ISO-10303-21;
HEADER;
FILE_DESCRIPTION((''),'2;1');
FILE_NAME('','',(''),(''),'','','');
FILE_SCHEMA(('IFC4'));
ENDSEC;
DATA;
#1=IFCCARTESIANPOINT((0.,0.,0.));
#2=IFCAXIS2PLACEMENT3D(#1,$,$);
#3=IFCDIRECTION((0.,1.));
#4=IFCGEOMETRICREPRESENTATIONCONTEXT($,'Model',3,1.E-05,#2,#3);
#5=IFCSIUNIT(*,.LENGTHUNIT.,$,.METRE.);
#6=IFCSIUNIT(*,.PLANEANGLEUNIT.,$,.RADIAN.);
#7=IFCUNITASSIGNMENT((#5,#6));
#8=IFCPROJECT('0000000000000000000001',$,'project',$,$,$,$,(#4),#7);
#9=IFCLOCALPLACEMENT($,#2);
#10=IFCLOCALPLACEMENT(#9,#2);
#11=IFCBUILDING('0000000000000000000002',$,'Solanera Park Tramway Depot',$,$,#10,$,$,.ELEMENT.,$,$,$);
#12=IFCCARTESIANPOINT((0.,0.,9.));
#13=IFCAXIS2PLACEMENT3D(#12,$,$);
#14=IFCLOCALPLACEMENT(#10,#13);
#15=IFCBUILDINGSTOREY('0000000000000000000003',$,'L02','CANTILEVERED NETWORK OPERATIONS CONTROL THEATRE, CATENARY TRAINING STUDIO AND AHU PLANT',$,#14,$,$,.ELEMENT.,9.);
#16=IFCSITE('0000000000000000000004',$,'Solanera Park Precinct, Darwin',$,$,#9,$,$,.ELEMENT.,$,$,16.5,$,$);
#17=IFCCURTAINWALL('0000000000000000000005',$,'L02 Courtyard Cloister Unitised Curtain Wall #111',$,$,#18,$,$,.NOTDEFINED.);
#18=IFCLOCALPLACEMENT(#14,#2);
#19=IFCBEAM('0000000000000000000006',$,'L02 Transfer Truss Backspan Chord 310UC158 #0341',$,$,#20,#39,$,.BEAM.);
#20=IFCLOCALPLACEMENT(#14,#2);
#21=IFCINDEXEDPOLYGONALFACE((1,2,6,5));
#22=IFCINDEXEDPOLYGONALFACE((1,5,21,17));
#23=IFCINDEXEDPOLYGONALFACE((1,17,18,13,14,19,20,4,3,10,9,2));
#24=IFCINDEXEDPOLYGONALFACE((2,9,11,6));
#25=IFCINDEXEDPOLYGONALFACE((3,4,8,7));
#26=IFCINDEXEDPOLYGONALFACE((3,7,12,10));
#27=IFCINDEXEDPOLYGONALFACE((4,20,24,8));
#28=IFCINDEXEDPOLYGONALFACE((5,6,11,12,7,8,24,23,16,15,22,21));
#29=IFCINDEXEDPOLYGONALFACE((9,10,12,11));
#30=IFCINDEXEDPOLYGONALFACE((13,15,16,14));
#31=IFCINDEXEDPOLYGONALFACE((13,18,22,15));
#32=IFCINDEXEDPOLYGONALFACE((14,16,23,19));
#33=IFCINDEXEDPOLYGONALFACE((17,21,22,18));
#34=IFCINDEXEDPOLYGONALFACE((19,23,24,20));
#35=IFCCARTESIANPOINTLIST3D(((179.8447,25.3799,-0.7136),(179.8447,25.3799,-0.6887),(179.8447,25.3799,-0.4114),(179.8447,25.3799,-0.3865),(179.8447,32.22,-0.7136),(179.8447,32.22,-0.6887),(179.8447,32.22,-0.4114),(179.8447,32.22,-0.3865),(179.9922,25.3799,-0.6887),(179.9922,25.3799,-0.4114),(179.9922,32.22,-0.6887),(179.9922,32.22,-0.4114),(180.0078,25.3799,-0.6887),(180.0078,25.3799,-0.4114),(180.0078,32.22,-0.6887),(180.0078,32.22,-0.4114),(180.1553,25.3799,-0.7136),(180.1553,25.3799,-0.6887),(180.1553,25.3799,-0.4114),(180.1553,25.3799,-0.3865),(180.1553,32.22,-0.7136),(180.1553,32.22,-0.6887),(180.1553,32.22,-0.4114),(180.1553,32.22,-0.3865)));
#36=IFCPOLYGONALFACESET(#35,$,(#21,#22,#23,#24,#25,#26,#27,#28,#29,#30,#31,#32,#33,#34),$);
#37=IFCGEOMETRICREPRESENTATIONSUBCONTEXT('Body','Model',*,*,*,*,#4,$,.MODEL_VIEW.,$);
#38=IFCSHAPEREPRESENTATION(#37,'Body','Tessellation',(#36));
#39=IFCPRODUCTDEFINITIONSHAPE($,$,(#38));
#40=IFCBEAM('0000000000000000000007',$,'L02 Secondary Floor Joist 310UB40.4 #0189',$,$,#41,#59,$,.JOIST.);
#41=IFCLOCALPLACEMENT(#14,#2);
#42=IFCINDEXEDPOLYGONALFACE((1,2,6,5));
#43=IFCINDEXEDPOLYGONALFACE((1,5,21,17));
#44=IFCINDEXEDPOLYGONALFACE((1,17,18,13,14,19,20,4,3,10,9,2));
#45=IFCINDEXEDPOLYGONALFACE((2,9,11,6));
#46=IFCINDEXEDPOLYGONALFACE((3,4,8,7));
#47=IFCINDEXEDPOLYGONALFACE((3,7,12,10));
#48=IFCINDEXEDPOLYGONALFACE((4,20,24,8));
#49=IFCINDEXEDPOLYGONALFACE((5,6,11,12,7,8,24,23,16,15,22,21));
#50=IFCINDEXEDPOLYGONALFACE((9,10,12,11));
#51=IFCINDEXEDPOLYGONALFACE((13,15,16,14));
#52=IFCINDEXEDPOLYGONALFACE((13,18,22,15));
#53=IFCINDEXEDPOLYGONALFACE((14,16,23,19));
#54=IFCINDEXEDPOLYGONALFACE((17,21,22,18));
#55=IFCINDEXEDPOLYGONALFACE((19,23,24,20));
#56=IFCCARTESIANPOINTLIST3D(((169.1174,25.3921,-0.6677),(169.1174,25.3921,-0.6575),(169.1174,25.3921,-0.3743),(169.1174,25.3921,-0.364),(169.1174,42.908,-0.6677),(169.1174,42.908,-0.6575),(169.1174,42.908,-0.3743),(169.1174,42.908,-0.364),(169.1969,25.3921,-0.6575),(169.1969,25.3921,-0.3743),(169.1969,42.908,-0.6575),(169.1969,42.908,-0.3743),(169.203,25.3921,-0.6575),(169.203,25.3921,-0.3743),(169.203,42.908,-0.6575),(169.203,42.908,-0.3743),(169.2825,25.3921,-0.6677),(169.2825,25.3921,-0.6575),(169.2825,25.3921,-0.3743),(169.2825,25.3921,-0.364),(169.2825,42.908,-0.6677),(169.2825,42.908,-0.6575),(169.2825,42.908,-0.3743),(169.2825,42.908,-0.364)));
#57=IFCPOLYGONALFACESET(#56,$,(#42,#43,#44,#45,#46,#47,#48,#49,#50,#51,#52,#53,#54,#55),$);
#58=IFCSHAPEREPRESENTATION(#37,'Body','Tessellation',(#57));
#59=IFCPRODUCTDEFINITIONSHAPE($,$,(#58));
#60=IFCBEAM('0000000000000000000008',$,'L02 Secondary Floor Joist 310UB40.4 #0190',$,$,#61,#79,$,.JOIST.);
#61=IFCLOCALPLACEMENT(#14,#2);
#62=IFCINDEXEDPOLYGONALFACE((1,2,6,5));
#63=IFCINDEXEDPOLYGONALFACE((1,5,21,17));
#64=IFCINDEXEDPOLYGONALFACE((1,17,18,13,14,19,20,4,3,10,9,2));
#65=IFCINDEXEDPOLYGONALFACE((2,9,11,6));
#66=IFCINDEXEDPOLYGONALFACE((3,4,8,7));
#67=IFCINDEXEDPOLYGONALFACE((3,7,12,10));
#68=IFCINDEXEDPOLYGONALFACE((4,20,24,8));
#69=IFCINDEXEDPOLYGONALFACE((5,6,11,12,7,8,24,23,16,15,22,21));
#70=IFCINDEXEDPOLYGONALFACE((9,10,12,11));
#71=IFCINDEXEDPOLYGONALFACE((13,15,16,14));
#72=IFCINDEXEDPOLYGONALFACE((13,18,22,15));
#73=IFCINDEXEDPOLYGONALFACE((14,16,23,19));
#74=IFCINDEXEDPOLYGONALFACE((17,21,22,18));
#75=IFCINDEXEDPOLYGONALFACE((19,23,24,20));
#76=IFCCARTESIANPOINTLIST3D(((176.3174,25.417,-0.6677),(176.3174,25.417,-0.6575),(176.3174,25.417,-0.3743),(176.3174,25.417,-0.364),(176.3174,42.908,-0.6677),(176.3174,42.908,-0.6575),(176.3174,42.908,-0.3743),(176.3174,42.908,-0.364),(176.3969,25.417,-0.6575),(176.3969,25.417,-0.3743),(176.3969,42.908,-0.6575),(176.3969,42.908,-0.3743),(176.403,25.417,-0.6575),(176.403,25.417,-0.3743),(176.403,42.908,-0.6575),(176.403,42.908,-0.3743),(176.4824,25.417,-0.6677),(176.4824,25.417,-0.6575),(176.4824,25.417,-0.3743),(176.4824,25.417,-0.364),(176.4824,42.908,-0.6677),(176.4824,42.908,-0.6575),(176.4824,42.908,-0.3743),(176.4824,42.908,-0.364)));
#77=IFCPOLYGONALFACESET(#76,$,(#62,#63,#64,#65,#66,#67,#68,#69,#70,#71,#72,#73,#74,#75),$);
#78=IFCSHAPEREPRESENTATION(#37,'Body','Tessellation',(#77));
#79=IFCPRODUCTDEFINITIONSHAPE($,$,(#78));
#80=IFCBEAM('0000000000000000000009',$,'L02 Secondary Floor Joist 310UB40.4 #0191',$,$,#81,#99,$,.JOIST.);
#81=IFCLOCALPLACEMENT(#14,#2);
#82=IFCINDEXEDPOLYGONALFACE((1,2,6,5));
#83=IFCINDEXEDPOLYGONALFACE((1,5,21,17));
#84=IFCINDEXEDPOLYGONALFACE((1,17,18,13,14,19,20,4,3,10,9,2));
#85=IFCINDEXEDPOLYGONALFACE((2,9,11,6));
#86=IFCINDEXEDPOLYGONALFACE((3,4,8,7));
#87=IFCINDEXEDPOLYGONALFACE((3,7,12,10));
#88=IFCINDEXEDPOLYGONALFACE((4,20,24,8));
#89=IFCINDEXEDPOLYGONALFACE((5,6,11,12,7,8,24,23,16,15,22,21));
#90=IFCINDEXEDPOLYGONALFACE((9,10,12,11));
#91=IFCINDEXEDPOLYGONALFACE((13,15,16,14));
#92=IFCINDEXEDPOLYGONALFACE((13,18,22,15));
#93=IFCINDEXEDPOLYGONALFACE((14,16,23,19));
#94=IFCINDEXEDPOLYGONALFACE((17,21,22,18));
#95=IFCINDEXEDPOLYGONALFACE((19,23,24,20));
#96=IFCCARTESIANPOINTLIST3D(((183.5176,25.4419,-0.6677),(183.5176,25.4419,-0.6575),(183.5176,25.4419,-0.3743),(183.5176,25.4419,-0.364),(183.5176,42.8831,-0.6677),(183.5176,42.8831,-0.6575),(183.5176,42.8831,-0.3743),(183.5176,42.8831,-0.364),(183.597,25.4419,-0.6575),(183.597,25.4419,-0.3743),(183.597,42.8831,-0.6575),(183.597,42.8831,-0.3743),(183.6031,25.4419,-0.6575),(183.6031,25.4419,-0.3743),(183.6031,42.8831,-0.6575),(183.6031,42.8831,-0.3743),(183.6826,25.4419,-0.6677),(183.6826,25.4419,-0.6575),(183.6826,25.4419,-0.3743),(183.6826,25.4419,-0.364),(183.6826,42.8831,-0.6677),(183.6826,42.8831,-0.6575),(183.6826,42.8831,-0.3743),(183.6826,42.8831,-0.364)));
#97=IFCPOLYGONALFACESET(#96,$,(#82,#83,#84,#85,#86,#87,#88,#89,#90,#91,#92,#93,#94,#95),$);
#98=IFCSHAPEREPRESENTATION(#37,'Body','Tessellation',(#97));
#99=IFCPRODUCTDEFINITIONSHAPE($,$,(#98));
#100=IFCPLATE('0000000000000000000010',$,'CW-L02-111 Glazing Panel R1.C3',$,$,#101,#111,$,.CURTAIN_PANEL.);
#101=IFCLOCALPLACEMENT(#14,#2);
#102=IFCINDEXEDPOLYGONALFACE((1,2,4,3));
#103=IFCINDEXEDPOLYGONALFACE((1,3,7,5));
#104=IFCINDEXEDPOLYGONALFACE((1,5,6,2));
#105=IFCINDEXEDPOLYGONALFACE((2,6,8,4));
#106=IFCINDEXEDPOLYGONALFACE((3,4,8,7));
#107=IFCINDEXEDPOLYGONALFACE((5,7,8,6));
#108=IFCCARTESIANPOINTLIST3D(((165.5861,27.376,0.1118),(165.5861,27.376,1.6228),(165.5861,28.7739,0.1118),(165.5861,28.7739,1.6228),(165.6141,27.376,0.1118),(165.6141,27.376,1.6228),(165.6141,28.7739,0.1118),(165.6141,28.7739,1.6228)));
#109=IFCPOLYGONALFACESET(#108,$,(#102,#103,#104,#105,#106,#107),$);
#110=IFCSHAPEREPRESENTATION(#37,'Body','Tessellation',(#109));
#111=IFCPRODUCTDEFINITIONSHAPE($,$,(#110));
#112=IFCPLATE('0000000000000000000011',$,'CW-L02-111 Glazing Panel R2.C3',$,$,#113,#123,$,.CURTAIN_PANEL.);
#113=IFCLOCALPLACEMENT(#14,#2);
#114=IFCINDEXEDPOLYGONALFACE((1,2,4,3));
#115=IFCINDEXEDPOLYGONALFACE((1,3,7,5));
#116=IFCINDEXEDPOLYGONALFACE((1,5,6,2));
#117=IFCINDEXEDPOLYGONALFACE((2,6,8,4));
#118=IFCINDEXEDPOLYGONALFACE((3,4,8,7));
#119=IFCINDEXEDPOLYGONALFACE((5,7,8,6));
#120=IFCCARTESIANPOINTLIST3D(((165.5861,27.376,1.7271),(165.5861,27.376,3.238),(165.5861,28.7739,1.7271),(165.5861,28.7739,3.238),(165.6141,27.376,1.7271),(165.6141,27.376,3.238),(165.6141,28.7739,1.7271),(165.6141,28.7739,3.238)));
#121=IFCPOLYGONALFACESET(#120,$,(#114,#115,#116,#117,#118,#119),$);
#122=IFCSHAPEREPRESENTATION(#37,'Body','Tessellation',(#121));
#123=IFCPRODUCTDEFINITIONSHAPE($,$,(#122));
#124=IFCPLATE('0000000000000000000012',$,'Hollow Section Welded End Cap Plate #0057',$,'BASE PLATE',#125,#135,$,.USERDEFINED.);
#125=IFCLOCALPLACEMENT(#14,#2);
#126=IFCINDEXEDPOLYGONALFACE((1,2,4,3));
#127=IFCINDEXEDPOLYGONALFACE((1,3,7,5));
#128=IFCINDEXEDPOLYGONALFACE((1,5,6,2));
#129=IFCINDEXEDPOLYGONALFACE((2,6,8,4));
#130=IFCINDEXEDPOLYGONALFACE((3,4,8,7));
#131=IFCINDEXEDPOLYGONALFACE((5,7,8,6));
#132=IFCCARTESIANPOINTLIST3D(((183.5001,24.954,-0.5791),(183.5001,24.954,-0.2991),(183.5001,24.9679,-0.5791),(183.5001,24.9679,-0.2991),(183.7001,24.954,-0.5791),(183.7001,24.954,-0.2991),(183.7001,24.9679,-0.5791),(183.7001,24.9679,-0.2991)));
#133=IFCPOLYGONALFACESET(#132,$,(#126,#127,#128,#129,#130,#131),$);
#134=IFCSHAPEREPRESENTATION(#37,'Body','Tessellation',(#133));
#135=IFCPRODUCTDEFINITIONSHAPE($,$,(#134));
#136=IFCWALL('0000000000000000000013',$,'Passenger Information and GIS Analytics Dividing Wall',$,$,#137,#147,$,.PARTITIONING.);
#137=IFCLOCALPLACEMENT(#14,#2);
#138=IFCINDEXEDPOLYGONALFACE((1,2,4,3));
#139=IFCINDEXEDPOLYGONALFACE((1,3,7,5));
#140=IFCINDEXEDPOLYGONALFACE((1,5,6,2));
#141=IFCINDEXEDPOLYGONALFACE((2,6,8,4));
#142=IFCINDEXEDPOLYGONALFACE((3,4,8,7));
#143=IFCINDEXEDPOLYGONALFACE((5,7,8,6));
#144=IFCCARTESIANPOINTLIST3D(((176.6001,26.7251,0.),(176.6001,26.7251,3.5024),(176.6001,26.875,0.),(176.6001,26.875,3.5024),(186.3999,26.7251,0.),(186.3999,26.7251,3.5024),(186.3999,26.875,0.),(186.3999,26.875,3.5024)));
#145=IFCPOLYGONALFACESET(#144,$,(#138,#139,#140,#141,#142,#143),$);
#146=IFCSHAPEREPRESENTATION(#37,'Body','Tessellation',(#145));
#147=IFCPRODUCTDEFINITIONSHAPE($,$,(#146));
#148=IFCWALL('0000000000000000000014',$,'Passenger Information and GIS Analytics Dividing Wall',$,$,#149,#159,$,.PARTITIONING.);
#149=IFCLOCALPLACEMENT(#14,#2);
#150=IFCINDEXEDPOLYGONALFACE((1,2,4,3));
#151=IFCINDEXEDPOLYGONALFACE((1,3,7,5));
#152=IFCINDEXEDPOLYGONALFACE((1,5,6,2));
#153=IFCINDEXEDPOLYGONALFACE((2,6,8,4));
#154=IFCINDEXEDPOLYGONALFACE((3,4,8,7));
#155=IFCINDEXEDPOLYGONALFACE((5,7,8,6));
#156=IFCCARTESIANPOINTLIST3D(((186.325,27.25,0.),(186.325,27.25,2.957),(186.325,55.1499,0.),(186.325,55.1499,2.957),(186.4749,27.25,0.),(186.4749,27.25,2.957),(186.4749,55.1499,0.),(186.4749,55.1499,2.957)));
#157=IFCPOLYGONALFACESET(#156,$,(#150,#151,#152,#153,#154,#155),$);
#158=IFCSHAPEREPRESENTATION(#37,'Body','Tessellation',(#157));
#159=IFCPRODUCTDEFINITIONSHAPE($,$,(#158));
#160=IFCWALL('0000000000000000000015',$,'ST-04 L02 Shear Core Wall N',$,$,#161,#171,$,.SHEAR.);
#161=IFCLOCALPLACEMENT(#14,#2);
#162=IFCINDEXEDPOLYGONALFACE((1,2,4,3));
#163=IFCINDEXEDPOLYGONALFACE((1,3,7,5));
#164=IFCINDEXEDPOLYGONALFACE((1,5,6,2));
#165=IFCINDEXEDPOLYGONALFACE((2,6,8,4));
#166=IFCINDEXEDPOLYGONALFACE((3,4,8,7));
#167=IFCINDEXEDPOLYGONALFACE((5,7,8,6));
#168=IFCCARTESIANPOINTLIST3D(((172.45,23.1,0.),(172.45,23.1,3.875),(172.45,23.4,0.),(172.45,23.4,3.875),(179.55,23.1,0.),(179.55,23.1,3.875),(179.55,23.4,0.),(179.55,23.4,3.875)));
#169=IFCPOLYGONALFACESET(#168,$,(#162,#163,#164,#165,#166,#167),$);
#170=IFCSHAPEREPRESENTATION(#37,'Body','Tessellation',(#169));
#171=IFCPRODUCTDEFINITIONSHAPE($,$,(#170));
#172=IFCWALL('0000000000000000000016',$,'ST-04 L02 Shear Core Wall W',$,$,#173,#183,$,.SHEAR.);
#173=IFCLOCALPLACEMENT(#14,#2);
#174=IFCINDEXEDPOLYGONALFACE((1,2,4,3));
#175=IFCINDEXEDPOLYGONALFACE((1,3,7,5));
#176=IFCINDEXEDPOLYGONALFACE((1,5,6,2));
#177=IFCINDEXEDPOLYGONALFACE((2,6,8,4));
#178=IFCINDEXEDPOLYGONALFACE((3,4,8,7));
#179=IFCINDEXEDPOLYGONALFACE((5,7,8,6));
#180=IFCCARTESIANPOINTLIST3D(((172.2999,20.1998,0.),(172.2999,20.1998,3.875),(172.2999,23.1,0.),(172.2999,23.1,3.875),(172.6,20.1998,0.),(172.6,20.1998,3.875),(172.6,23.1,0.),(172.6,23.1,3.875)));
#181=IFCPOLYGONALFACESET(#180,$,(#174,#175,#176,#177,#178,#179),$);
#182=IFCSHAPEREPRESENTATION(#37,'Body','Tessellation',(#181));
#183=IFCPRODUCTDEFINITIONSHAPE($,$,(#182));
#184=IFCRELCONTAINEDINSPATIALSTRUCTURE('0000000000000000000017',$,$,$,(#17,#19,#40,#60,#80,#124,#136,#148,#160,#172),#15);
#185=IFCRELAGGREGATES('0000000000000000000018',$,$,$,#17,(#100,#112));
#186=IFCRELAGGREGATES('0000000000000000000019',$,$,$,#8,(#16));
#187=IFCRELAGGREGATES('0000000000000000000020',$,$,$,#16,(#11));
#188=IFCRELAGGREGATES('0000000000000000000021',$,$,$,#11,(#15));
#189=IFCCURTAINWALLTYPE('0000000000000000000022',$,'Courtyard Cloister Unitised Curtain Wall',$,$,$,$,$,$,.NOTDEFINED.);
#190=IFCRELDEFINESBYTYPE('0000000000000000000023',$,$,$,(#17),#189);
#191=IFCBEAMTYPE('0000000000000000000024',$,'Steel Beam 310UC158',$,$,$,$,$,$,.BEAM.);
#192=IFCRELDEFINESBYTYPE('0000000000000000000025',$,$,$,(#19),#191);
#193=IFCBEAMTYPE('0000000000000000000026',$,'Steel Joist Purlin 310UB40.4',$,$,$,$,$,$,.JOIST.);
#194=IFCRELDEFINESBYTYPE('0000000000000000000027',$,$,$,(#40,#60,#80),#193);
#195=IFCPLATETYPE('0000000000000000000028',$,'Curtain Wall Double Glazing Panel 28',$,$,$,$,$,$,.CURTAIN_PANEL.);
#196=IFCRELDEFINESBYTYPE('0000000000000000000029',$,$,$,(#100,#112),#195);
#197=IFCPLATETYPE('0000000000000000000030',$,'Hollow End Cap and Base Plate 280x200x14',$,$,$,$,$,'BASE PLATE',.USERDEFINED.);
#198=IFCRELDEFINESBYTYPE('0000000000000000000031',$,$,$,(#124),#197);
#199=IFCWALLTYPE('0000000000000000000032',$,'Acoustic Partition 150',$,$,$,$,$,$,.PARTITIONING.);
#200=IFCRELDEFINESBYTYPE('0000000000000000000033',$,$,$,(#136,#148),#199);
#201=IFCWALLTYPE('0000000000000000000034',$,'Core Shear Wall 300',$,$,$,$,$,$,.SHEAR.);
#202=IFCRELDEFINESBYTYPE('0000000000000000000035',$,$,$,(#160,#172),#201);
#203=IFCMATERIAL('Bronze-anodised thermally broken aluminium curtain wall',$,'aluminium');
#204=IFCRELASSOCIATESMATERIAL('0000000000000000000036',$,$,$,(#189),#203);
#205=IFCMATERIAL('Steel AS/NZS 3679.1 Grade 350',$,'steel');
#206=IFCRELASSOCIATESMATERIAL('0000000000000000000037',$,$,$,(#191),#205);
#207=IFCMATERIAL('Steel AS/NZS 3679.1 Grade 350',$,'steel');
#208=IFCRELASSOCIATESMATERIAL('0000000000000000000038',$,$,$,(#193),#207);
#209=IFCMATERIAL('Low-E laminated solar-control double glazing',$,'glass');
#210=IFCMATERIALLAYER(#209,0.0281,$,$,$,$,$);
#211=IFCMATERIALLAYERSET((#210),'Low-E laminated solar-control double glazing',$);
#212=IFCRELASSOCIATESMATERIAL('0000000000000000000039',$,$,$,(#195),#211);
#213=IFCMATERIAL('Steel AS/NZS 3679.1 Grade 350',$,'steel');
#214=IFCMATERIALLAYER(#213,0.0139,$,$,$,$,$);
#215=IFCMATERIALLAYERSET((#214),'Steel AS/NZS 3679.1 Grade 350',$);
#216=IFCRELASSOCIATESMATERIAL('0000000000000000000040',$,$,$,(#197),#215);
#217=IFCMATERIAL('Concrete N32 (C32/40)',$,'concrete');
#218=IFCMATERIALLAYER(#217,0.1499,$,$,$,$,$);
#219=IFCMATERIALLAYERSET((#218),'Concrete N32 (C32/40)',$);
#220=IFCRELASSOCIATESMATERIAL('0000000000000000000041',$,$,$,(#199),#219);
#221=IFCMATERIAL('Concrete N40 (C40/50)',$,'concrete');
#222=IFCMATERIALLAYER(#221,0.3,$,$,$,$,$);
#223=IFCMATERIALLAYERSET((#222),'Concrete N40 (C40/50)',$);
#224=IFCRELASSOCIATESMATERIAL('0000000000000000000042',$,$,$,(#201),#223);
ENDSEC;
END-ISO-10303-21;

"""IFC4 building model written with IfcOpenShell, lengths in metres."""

from ifc_helpers import new_model, si_unit, direction, frame, frame_2d, origin, origin_2d, place, context, subcontext, project, spatial, rectangle, i_section, extrude, material, layer, layer_set, material_profile, profile_set, type_object, element, aggregate, save


model = new_model("IFC4")

# Units and contexts
model_context = context("Model", 3, precision=1e-05, world=origin(), true_north=direction((0.0, 1.0)))
body_context = subcontext(model_context, "Body", "Model", "MODEL_VIEW")
ifc_project = project(units=[si_unit("LENGTHUNIT", "METRE"), si_unit("PLANEANGLEUNIT", "RADIAN")], contexts=[model_context])

# Site, building, storey
site_placement = place(None, origin())
site = spatial("IfcSite", under=ifc_project, at=site_placement, Name="Solanera Park Precinct, Darwin", CompositionType="ELEMENT", RefElevation=16.5)
building_placement = place(site_placement, origin())
building = spatial("IfcBuilding", under=site, at=building_placement, Name="Solanera Park Tramway Depot", CompositionType="ELEMENT")
storey_placement = place(building_placement, frame((0.0, 0.0, 9.0)))
storey = spatial("IfcBuildingStorey", under=building, at=storey_placement, Name="L02", Description="CANTILEVERED NETWORK OPERATIONS CONTROL THEATRE, CATENARY TRAINING STUDIO AND AHU PLANT", CompositionType="ELEMENT", Elevation=9.0)

# Curtain wall
ifc_material_1 = material(Name="Bronze-anodised thermally broken aluminium curtain wall", Category="aluminium")
curtain_wall_type = type_object("IfcCurtainWallType", Name="Courtyard Cloister Unitised Curtain Wall", PredefinedType="NOTDEFINED", material=ifc_material_1)
curtain_wall_placement = place(storey_placement, origin())
curtain_wall = element("IfcCurtainWall", 1, at=curtain_wall_placement, inside=storey, type_object=curtain_wall_type, Name="L02 Courtyard Cloister Unitised Curtain Wall #111", PredefinedType="NOTDEFINED")

# Beams
ifc_material_2 = material(Name="Steel AS/NZS 3679.1 Grade 350", Category="steel")
ifc_material_profile_1 = material_profile(ifc_material_2, i_section(OverallWidth=0.3105, OverallDepth=0.3271, WebThickness=0.0156, FlangeThickness=0.0249, at=origin_2d()), Name="310UC158")
ifc_profile_set_1 = profile_set([ifc_material_profile_1], Name="Steel AS/NZS 3679.1 Grade 350")
beam_type_1 = type_object("IfcBeamType", Name="Steel Beam 310UC158", PredefinedType="BEAM", material=ifc_profile_set_1)
beam_1_placement = place(storey_placement, frame((180.0, 25.3799, -0.55), z_axis=(0.0, 1.0, 0.0), x_axis=(-1.0, 0.0, 0.0)))
element("IfcBeam", 2, at=beam_1_placement, inside=storey, type_object=beam_type_1, Name="L02 Transfer Truss Backspan Chord 310UC158 #0341", PredefinedType="BEAM", context=body_context, shape_type="SweptSolid", body=[
    extrude(i_section(OverallWidth=0.3105, OverallDepth=0.3271, WebThickness=0.0156, FlangeThickness=0.0249, at=origin_2d()), origin(), (0.0, 0.0, 1.0), 6.8401),
])
ifc_material_3 = material(Name="Steel AS/NZS 3679.1 Grade 350", Category="steel")
ifc_material_profile_2 = material_profile(ifc_material_3, i_section(OverallWidth=0.165, OverallDepth=0.3037, WebThickness=0.0061, FlangeThickness=0.0103, at=origin_2d()), Name="310UB40.4")
ifc_profile_set_2 = profile_set([ifc_material_profile_2], Name="Steel AS/NZS 3679.1 Grade 350")
beam_type_2 = type_object("IfcBeamType", Name="Steel Joist Purlin 310UB40.4", PredefinedType="JOIST", material=ifc_profile_set_2)
beam_2_placement = place(storey_placement, frame((169.2, 25.3921, -0.5159), z_axis=(0.0, 1.0, 0.0), x_axis=(-1.0, 0.0, 0.0)))
element("IfcBeam", 3, at=beam_2_placement, inside=storey, type_object=beam_type_2, Name="L02 Secondary Floor Joist 310UB40.4 #0189", PredefinedType="JOIST", context=body_context, shape_type="SweptSolid", body=[
    extrude(i_section(OverallWidth=0.165, OverallDepth=0.3037, WebThickness=0.0061, FlangeThickness=0.0103, at=origin_2d()), origin(), (0.0, 0.0, 1.0), 17.5159),
])
beam_3_placement = place(storey_placement, frame((176.3999, 25.417, -0.5159), z_axis=(0.0, 1.0, 0.0), x_axis=(-1.0, 0.0, 0.0)))
element("IfcBeam", 4, at=beam_3_placement, inside=storey, type_object=beam_type_2, Name="L02 Secondary Floor Joist 310UB40.4 #0190", PredefinedType="JOIST", context=body_context, shape_type="SweptSolid", body=[
    extrude(i_section(OverallWidth=0.165, OverallDepth=0.3037, WebThickness=0.0061, FlangeThickness=0.0103, at=origin_2d()), origin(), (0.0, 0.0, 1.0), 17.491),
])
beam_4_placement = place(storey_placement, frame((183.6001, 25.4419, -0.5159), z_axis=(0.0, 1.0, 0.0), x_axis=(-1.0, 0.0, 0.0)))
element("IfcBeam", 5, at=beam_4_placement, inside=storey, type_object=beam_type_2, Name="L02 Secondary Floor Joist 310UB40.4 #0191", PredefinedType="JOIST", context=body_context, shape_type="SweptSolid", body=[
    extrude(i_section(OverallWidth=0.165, OverallDepth=0.3037, WebThickness=0.0061, FlangeThickness=0.0103, at=origin_2d()), origin(), (0.0, 0.0, 1.0), 17.4412),
])

# Plates
ifc_material_4 = material(Name="Low-E laminated solar-control double glazing", Category="glass")
ifc_layer_1 = layer(ifc_material_4, 0.0281)
ifc_layer_set_1 = layer_set([ifc_layer_1], Name="Low-E laminated solar-control double glazing")
plate_type_1 = type_object("IfcPlateType", Name="Curtain Wall Double Glazing Panel 28", PredefinedType="CURTAIN_PANEL", material=ifc_layer_set_1)
plate_1_placement = place(storey_placement, frame((165.6001, 28.075, 0.1118), z_axis=(0.0, 0.0, 1.0), x_axis=(0.0, -1.0, 0.0)))
plate_1 = element("IfcPlate", 6, at=plate_1_placement, type_object=plate_type_1, Name="CW-L02-111 Glazing Panel R1.C3", PredefinedType="CURTAIN_PANEL", context=body_context, shape_type="SweptSolid", body=[
    extrude(rectangle(XDim=1.3979, YDim=0.0281, at=origin_2d()), origin(), (0.0, 0.0, 1.0), 1.511),
])
plate_2_placement = place(storey_placement, frame((165.6001, 28.075, 1.7271), z_axis=(0.0, 0.0, 1.0), x_axis=(0.0, -1.0, 0.0)))
plate_2 = element("IfcPlate", 7, at=plate_2_placement, type_object=plate_type_1, Name="CW-L02-111 Glazing Panel R2.C3", PredefinedType="CURTAIN_PANEL", context=body_context, shape_type="SweptSolid", body=[
    extrude(rectangle(XDim=1.3979, YDim=0.0281, at=origin_2d()), origin(), (0.0, 0.0, 1.0), 1.511),
])
aggregate(curtain_wall, [plate_1, plate_2])
ifc_material_5 = material(Name="Steel AS/NZS 3679.1 Grade 350", Category="steel")
ifc_layer_2 = layer(ifc_material_5, 0.0139)
ifc_layer_set_2 = layer_set([ifc_layer_2], Name="Steel AS/NZS 3679.1 Grade 350")
plate_type_2 = type_object("IfcPlateType", Name="Hollow End Cap and Base Plate 280x200x14", ElementType="BASE PLATE", PredefinedType="USERDEFINED", material=ifc_layer_set_2)
plate_3_placement = place(storey_placement, frame((183.6001, 24.9609, -0.5791), z_axis=(0.0, 0.0, 1.0), x_axis=(0.0, 1.0, 0.0)))
element("IfcPlate", 8, at=plate_3_placement, inside=storey, type_object=plate_type_2, Name="Hollow Section Welded End Cap Plate #0057", ObjectType="BASE PLATE", PredefinedType="USERDEFINED", context=body_context, shape_type="SweptSolid", body=[
    extrude(rectangle(XDim=0.0139, YDim=0.2, at=origin_2d()), origin(), (0.0, 0.0, 1.0), 0.28),
])

# Walls
ifc_material_6 = material(Name="Concrete N32 (C32/40)", Category="concrete")
ifc_layer_3 = layer(ifc_material_6, 0.1499)
ifc_layer_set_3 = layer_set([ifc_layer_3], Name="Concrete N32 (C32/40)")
wall_type_1 = type_object("IfcWallType", Name="Acoustic Partition 150", PredefinedType="PARTITIONING", material=ifc_layer_set_3)
wall_1_placement = place(storey_placement, frame((186.3999, 26.8, 0.0), z_axis=(0.0, 0.0, 1.0), x_axis=(-1.0, 0.0, 0.0)))
element("IfcWall", 9, at=wall_1_placement, inside=storey, type_object=wall_type_1, Name="Passenger Information and GIS Analytics Dividing Wall", PredefinedType="PARTITIONING", context=body_context, shape_type="SweptSolid", body=[
    extrude(rectangle(XDim=9.7998, YDim=0.1499, at=frame_2d((4.8999, 0.0))), origin(), (0.0, 0.0, 1.0), 3.5024),
])
wall_2_placement = place(storey_placement, frame((186.3999, 27.25, 0.0), z_axis=(0.0, 0.0, 1.0), x_axis=(0.0, 1.0, 0.0)))
element("IfcWall", 10, at=wall_2_placement, inside=storey, type_object=wall_type_1, Name="Passenger Information and GIS Analytics Dividing Wall", PredefinedType="PARTITIONING", context=body_context, shape_type="SweptSolid", body=[
    extrude(rectangle(XDim=27.8999, YDim=0.1499, at=frame_2d((13.95, 0.0))), origin(), (0.0, 0.0, 1.0), 2.957),
])
ifc_material_7 = material(Name="Concrete N40 (C40/50)", Category="concrete")
ifc_layer_4 = layer(ifc_material_7, 0.3)
ifc_layer_set_4 = layer_set([ifc_layer_4], Name="Concrete N40 (C40/50)")
wall_type_2 = type_object("IfcWallType", Name="Core Shear Wall 300", PredefinedType="SHEAR", material=ifc_layer_set_4)
wall_3_placement = place(storey_placement, frame((179.55, 23.25, 0.0), z_axis=(0.0, 0.0, 1.0), x_axis=(-1.0, 0.0, 0.0)))
element("IfcWall", 11, at=wall_3_placement, inside=storey, type_object=wall_type_2, Name="ST-04 L02 Shear Core Wall N", PredefinedType="SHEAR", context=body_context, shape_type="SweptSolid", body=[
    extrude(rectangle(XDim=7.1001, YDim=0.3, at=frame_2d((3.55, 0.0))), origin(), (0.0, 0.0, 1.0), 3.875),
])
wall_4_placement = place(storey_placement, frame((172.45, 23.1001, 0.0), z_axis=(0.0, 0.0, 1.0), x_axis=(0.0, -1.0, 0.0)))
element("IfcWall", 12, at=wall_4_placement, inside=storey, type_object=wall_type_2, Name="ST-04 L02 Shear Core Wall W", PredefinedType="SHEAR", context=body_context, shape_type="SweptSolid", body=[
    extrude(rectangle(XDim=2.9001, YDim=0.3, at=frame_2d((1.4502, 0.0))), origin(), (0.0, 0.0, 1.0), 3.875),
])

save(model, "model.ifc")
